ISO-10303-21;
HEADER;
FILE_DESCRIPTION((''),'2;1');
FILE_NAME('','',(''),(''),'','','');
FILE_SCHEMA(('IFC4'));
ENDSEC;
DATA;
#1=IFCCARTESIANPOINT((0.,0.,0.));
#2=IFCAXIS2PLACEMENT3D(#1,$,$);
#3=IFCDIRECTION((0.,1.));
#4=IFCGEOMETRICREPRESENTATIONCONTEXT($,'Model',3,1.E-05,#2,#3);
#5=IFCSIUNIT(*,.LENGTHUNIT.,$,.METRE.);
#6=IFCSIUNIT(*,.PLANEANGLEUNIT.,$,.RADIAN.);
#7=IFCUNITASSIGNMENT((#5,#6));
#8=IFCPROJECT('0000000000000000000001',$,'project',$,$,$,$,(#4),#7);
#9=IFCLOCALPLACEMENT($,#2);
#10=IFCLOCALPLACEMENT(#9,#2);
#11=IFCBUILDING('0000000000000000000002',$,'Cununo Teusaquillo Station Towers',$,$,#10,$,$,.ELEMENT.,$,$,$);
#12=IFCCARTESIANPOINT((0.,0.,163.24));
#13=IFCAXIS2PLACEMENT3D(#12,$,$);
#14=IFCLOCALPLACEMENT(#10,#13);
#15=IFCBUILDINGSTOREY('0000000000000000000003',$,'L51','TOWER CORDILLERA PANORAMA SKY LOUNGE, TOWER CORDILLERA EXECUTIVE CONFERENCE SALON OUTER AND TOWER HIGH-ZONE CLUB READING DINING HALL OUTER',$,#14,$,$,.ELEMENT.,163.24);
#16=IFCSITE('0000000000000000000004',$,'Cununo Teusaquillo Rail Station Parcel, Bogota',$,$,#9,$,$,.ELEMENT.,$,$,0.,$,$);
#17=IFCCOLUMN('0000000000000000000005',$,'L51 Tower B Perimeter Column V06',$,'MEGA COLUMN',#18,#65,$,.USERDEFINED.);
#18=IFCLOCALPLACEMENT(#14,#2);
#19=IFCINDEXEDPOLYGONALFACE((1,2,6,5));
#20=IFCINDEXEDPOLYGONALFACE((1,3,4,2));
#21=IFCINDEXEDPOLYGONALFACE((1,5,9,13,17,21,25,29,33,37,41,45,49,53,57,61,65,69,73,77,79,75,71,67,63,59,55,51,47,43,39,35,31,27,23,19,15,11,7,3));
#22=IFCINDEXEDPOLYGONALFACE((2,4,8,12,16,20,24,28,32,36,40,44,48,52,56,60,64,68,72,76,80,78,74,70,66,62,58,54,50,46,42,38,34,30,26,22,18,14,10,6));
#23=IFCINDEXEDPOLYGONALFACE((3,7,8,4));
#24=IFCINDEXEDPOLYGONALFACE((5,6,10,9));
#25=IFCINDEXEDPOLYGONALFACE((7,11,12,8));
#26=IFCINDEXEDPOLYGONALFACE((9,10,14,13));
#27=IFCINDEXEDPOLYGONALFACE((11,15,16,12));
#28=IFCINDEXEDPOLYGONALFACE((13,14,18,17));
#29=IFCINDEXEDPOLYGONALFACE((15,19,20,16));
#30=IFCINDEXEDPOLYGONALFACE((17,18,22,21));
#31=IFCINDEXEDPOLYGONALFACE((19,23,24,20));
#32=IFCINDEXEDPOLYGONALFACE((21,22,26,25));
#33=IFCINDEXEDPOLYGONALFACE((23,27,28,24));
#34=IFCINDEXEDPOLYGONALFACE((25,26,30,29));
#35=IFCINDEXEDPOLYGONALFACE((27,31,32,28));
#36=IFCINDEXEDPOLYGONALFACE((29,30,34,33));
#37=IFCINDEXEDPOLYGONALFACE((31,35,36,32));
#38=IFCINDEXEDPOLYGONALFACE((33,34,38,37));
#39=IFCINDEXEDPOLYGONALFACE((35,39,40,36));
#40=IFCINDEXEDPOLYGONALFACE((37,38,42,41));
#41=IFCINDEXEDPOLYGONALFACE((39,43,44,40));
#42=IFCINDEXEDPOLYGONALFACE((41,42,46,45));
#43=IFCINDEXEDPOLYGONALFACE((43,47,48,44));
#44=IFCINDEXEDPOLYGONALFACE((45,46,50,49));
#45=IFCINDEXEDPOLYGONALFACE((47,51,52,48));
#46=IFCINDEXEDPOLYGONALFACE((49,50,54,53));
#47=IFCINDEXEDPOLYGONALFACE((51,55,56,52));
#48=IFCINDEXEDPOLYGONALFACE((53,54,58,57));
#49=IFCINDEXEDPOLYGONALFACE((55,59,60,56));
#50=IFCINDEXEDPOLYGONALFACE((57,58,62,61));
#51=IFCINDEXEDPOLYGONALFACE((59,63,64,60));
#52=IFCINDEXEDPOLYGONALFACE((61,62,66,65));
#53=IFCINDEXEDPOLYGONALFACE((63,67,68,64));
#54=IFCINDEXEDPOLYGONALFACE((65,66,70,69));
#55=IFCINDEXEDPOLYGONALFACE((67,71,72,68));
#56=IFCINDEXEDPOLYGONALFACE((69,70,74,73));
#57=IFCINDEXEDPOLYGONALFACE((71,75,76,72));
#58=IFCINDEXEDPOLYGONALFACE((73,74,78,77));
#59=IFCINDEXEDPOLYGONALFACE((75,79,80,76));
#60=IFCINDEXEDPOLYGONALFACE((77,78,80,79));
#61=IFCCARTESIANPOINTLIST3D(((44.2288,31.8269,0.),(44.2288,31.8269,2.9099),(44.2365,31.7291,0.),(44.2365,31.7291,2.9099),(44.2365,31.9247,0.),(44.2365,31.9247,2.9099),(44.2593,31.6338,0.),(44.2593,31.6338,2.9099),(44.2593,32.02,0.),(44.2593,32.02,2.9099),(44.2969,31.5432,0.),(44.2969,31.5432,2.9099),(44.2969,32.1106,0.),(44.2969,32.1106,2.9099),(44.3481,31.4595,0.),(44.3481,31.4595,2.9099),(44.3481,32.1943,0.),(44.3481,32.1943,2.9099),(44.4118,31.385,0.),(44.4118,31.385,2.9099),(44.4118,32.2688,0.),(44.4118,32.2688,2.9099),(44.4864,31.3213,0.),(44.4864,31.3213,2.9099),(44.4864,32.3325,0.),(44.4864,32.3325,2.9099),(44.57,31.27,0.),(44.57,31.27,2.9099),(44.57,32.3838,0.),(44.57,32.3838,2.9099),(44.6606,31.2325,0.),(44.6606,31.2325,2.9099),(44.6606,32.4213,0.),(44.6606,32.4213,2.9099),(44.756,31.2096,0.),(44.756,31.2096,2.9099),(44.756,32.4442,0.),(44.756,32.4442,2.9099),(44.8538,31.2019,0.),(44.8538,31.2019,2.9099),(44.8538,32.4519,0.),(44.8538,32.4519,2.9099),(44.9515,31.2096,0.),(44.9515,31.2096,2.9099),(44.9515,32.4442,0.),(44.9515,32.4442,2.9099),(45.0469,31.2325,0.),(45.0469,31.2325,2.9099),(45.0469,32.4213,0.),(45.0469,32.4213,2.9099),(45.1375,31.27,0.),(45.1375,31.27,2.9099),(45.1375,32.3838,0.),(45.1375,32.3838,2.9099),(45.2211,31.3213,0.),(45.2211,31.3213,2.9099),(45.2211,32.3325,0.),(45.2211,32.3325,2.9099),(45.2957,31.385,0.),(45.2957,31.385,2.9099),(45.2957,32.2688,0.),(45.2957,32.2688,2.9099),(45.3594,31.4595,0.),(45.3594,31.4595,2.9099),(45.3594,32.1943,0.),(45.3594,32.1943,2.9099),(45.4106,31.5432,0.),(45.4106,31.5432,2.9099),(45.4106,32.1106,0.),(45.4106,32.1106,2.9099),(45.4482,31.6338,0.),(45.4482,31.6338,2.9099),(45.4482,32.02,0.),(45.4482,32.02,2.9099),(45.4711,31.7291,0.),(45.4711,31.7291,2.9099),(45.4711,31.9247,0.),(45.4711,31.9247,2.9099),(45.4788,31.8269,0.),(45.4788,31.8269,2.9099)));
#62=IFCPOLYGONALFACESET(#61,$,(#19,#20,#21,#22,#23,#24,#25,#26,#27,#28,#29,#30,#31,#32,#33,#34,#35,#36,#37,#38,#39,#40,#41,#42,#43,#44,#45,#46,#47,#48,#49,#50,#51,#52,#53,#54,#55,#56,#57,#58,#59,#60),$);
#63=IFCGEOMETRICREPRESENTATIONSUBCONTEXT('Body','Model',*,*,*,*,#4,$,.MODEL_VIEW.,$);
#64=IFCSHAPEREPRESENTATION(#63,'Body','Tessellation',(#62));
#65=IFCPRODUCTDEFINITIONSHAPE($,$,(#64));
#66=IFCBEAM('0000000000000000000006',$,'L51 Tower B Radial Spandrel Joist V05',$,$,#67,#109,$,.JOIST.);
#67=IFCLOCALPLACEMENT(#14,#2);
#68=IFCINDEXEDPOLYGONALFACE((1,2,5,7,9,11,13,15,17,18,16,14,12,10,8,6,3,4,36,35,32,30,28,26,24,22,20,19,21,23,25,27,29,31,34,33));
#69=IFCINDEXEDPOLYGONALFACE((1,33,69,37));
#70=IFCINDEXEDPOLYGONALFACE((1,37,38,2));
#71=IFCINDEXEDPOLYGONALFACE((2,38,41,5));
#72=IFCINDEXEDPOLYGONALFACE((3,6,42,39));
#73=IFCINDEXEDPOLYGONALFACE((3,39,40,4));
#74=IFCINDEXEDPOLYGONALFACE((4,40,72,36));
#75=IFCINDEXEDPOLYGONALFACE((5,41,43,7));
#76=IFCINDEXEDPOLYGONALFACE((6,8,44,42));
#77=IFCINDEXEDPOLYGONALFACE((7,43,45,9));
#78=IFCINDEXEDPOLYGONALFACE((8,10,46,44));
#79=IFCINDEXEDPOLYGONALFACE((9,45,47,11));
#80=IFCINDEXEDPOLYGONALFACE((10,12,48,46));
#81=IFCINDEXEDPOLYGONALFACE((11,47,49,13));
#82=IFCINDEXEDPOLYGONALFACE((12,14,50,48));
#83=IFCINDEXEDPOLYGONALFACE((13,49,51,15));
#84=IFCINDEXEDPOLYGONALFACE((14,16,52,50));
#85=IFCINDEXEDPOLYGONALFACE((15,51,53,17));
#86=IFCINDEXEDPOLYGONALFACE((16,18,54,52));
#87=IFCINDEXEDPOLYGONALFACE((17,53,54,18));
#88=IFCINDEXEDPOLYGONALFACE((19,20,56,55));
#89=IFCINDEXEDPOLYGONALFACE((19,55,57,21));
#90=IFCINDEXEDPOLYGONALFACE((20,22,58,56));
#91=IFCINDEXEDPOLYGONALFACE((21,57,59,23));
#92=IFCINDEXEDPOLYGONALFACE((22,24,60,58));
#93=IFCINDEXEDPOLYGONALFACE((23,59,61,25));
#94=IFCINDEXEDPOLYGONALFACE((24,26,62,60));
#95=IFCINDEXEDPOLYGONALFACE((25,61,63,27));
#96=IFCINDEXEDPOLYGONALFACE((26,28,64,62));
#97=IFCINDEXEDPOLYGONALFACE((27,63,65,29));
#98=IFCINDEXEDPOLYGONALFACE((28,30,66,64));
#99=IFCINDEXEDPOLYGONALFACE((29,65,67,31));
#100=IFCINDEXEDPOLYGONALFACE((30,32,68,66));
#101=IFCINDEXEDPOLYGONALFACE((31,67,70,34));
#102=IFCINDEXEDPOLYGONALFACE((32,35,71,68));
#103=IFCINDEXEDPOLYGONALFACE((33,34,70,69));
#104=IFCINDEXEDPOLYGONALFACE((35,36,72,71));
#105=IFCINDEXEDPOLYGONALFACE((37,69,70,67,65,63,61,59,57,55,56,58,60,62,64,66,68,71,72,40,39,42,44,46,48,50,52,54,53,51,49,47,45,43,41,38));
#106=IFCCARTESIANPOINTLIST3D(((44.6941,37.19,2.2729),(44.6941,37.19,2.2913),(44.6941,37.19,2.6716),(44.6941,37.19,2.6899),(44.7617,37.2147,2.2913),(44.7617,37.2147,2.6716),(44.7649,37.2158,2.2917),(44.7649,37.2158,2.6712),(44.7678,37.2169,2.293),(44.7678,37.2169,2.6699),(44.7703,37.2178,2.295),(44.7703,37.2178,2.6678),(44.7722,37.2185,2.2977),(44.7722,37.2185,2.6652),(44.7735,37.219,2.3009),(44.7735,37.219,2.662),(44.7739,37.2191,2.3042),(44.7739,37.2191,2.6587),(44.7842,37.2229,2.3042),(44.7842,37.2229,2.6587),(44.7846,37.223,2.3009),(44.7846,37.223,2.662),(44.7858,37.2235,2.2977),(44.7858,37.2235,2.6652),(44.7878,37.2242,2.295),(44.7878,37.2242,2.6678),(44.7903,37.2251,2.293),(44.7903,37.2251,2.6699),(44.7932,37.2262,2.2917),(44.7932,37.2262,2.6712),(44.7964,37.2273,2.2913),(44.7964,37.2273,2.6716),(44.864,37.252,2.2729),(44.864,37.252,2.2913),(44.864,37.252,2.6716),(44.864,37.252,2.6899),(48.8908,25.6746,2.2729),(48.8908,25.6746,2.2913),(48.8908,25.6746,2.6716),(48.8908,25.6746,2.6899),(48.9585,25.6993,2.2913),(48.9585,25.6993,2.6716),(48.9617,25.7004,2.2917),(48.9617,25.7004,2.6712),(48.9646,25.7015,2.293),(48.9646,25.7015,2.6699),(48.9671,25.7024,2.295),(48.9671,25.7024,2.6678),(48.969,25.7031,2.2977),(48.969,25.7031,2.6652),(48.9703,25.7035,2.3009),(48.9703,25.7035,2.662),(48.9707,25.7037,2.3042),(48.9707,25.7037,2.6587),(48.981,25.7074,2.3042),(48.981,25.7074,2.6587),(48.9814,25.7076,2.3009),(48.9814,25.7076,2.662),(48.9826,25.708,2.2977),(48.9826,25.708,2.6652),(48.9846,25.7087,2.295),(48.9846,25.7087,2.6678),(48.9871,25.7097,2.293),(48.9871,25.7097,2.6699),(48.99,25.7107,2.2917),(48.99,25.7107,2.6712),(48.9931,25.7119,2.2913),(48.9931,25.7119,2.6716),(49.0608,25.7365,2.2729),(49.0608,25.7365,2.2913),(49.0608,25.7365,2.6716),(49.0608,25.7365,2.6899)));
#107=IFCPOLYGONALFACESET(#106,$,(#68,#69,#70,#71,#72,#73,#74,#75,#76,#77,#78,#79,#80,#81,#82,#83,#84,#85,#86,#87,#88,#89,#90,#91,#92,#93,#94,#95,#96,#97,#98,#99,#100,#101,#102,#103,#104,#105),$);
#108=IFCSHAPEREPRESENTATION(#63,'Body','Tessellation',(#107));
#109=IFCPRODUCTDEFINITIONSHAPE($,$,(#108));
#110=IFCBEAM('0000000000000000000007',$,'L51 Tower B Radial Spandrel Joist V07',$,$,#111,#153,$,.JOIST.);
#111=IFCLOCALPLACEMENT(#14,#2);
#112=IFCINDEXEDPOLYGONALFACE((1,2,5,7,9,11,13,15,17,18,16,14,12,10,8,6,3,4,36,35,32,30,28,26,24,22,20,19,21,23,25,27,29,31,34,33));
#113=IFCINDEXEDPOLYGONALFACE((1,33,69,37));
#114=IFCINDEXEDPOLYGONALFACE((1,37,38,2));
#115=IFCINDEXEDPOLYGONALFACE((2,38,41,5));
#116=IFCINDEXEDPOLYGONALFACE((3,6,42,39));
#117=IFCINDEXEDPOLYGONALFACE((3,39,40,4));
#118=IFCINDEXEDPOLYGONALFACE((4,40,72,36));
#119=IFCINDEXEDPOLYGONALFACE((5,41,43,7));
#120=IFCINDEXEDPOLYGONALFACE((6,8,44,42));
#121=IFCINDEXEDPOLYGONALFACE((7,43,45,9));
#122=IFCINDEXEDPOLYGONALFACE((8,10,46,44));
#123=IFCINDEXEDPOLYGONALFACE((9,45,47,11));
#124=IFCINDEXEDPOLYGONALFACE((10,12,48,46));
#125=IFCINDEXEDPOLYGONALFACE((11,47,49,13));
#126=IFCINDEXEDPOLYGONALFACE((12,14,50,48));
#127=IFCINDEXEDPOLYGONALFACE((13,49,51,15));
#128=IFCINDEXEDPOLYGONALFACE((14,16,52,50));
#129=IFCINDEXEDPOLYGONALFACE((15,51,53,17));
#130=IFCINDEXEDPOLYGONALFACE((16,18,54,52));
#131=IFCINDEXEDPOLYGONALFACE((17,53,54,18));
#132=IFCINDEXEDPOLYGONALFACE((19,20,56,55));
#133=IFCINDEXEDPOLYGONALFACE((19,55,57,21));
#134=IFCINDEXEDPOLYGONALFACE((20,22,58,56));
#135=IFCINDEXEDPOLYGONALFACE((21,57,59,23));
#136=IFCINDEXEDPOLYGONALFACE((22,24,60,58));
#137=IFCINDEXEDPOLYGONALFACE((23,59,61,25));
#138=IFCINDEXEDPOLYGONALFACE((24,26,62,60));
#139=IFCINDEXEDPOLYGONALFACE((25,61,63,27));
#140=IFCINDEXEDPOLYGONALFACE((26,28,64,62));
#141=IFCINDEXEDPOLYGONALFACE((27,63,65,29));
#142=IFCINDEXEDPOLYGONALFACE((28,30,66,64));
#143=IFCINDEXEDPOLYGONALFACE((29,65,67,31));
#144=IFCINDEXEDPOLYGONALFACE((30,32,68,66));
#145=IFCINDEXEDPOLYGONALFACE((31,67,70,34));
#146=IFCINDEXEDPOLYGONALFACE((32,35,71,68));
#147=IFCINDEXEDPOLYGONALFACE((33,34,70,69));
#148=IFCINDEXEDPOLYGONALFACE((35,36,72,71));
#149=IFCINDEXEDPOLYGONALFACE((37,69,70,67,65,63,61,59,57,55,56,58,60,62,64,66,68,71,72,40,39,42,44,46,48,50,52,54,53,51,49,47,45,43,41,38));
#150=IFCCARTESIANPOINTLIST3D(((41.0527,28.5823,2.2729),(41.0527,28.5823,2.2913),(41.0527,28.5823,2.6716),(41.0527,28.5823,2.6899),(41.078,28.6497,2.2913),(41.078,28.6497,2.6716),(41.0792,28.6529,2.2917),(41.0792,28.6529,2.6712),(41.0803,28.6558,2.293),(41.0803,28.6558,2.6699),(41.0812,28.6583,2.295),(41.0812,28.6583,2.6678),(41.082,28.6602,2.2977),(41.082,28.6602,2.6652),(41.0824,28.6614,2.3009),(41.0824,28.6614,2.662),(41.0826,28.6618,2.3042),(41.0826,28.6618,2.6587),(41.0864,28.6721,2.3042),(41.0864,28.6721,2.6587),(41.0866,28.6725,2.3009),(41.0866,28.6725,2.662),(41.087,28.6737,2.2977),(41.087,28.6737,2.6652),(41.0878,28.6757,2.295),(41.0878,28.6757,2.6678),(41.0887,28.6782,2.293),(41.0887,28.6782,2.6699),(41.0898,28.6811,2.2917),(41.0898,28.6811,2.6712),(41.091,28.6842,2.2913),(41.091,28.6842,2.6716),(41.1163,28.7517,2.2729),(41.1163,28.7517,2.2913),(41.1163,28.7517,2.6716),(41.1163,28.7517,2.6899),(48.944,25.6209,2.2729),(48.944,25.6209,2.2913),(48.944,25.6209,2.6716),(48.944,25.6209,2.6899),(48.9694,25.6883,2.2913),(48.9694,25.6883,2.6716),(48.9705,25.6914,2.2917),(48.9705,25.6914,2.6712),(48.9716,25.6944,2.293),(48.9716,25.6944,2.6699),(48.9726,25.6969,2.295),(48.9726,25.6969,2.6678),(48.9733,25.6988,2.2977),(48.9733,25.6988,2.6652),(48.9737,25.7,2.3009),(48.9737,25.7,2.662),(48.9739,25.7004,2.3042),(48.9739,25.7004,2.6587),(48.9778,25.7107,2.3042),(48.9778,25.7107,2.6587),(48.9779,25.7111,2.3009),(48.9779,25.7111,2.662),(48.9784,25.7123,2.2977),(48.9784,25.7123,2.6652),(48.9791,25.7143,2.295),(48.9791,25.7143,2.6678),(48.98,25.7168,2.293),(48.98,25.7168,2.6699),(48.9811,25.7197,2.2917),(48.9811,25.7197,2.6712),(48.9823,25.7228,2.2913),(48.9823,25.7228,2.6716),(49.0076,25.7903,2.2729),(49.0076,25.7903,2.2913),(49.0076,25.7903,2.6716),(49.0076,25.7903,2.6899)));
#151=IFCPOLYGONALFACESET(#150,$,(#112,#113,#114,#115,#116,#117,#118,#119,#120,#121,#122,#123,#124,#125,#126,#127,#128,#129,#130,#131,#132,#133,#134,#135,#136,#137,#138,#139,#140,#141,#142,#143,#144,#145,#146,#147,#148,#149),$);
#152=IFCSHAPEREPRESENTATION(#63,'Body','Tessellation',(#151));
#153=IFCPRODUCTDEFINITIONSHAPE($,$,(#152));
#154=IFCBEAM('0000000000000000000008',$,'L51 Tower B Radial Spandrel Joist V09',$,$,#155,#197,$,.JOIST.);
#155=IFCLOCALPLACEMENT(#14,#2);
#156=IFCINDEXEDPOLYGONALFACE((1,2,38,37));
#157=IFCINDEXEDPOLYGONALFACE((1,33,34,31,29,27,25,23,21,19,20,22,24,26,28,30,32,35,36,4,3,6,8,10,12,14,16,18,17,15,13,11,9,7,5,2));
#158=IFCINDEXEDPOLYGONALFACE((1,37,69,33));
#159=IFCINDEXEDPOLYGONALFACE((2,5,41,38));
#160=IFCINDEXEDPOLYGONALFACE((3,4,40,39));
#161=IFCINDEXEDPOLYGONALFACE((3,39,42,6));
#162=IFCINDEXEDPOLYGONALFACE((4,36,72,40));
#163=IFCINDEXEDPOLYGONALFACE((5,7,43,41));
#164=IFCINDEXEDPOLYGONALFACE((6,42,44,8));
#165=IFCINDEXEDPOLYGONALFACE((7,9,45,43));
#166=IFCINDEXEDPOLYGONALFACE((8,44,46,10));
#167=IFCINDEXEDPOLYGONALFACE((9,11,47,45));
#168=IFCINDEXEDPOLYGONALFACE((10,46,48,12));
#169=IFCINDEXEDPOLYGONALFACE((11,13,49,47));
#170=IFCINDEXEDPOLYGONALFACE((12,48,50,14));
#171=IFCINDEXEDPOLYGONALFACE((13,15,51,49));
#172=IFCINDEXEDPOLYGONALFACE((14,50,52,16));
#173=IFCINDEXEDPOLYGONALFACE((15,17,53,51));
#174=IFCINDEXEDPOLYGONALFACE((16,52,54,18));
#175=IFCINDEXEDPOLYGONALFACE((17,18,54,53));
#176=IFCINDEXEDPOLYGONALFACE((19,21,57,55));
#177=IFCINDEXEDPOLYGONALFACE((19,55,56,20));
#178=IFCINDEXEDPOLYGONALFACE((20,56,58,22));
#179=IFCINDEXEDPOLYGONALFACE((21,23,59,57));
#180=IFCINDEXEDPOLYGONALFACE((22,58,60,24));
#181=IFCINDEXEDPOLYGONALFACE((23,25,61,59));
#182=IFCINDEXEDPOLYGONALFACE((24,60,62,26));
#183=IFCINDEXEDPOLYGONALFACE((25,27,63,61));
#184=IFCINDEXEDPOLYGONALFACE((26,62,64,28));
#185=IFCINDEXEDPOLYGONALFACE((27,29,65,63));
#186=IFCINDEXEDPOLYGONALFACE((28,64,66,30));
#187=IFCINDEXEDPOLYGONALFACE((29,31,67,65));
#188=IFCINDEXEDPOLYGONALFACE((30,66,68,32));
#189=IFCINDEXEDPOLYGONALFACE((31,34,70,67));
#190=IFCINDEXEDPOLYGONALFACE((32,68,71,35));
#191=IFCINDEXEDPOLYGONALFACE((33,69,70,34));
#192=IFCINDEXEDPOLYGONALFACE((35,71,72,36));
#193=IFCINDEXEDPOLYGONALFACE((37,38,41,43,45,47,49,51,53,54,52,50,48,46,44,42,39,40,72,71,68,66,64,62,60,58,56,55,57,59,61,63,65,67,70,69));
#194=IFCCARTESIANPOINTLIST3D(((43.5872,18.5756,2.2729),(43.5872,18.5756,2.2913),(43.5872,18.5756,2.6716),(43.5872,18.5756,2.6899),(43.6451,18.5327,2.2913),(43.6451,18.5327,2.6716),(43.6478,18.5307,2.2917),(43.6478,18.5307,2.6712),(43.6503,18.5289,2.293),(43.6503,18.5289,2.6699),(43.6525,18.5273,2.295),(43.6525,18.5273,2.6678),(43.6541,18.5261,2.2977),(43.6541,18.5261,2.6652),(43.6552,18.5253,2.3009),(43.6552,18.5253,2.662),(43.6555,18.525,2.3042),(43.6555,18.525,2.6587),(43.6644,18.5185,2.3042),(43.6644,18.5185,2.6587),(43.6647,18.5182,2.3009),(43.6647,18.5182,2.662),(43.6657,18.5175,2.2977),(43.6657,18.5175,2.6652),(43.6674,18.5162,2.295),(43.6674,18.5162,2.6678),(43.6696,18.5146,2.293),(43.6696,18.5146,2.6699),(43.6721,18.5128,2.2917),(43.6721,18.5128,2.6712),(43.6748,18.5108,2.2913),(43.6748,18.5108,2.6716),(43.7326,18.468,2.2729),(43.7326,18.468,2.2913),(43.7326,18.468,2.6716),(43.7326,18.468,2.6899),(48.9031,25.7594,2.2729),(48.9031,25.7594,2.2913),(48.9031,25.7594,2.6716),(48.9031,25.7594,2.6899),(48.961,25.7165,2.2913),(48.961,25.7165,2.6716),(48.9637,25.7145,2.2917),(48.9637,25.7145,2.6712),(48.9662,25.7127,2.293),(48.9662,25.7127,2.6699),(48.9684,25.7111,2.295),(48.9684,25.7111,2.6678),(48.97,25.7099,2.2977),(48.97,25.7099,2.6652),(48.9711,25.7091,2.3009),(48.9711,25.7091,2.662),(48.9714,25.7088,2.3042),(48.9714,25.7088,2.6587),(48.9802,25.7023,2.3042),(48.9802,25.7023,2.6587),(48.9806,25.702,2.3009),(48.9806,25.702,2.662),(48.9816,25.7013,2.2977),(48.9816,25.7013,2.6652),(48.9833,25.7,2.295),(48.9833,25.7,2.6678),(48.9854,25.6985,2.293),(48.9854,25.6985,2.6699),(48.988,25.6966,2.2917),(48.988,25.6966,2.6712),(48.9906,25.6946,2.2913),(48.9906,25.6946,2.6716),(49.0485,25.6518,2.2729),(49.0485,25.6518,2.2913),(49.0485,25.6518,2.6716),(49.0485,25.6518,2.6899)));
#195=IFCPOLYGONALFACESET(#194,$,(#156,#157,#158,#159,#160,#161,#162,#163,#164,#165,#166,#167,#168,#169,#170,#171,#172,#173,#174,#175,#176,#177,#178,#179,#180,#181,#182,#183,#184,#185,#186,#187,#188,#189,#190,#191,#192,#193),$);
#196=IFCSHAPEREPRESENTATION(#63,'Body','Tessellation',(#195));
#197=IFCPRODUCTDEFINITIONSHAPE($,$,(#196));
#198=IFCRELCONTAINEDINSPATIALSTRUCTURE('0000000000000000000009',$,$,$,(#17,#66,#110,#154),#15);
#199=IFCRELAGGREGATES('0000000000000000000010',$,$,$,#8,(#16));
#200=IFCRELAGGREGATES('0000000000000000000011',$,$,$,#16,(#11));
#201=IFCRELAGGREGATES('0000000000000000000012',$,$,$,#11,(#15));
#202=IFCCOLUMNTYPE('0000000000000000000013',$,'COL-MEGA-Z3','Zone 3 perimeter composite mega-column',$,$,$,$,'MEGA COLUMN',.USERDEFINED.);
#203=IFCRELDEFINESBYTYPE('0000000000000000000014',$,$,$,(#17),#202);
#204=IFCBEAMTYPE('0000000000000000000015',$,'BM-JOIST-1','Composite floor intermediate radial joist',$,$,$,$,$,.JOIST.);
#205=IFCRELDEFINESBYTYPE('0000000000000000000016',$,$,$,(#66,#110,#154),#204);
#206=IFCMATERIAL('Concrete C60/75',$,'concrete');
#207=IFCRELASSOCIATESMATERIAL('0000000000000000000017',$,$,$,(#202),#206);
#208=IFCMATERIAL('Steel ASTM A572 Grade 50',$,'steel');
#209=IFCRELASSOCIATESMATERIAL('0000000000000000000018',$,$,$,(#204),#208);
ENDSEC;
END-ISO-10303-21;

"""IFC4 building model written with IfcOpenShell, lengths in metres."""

from ifc_helpers import new_model, si_unit, direction, frame, origin, origin_2d, place, context, subcontext, project, spatial, circle, i_section, extrude, material, material_profile, profile_set, type_object, element, save


model = new_model("IFC4")

# Units and contexts
model_context = context("Model", 3, precision=1e-05, world=origin(), true_north=direction((0.0, 1.0)))
body_context = subcontext(model_context, "Body", "Model", "MODEL_VIEW")
ifc_project = project(units=[si_unit("LENGTHUNIT", "METRE"), si_unit("PLANEANGLEUNIT", "RADIAN")], contexts=[model_context])

# Site, building, storey
site_placement = place(None, origin())
site = spatial("IfcSite", under=ifc_project, at=site_placement, Name="Cununo Teusaquillo Rail Station Parcel, Bogota", CompositionType="ELEMENT", RefElevation=0.0)
building_placement = place(site_placement, origin())
building = spatial("IfcBuilding", under=site, at=building_placement, Name="Cununo Teusaquillo Station Towers", CompositionType="ELEMENT")
storey_placement = place(building_placement, frame((0.0, 0.0, 163.24)))
storey = spatial("IfcBuildingStorey", under=building, at=storey_placement, Name="L51", Description="TOWER CORDILLERA PANORAMA SKY LOUNGE, TOWER CORDILLERA EXECUTIVE CONFERENCE SALON OUTER AND TOWER HIGH-ZONE CLUB READING DINING HALL OUTER", CompositionType="ELEMENT", Elevation=163.24)

# Column
ifc_material_1 = material(Name="Concrete C60/75", Category="concrete")
ifc_material_profile_1 = material_profile(ifc_material_1, circle(Radius=0.625, at=origin_2d()), Name="RC-CIRC-1250")
ifc_profile_set_1 = profile_set([ifc_material_profile_1], Name="Concrete C60/75")
column_type = type_object("IfcColumnType", Name="COL-MEGA-Z3", Description="Zone 3 perimeter composite mega-column", ElementType="MEGA COLUMN", PredefinedType="USERDEFINED", material=ifc_profile_set_1)
column_placement = place(storey_placement, frame((44.8538, 31.8269, 0.0), z_axis=(0.0, 0.0, 1.0), x_axis=(1.0, 0.0, 0.0)))
element("IfcColumn", 1, at=column_placement, inside=storey, type_object=column_type, Name="L51 Tower B Perimeter Column V06", ObjectType="MEGA COLUMN", PredefinedType="USERDEFINED", context=body_context, shape_type="SweptSolid", body=[
    extrude(circle(Radius=0.625, at=origin_2d()), origin(), (0.0, 0.0, 1.0), 2.9099),
])

# Beams
ifc_material_2 = material(Name="Steel ASTM A572 Grade 50", Category="steel")
ifc_material_profile_2 = material_profile(ifc_material_2, i_section(OverallWidth=0.1809, OverallDepth=0.417, WebThickness=0.011, FlangeThickness=0.0183, FilletRadius=0.0129, at=origin_2d()), Name="W16X57")
ifc_profile_set_2 = profile_set([ifc_material_profile_2], Name="Steel ASTM A572 Grade 50")
beam_type_1 = type_object("IfcBeamType", Name="BM-JOIST-1", Description="Composite floor intermediate radial joist", PredefinedType="JOIST", material=ifc_profile_set_2)
beam_1_placement = place(storey_placement, frame((48.9758, 25.7056, 2.4814), z_axis=(-0.342418, 0.939548, 0.0), x_axis=(-0.939548, -0.342418, 0.0)))
element("IfcBeam", 2, at=beam_1_placement, inside=storey, type_object=beam_type_1, Name="L51 Tower B Radial Spandrel Joist V05", PredefinedType="JOIST", context=body_context, shape_type="SweptSolid", body=[
    extrude(i_section(OverallWidth=0.1809, OverallDepth=0.417, WebThickness=0.011, FlangeThickness=0.0183, FilletRadius=0.0129, at=origin_2d()), origin(), (0.0, 0.0, 1.0), 12.2563),
])
beam_2_placement = place(storey_placement, frame((48.9758, 25.7056, 2.4814), z_axis=(-0.936245, 0.351349, 0.0), x_axis=(-0.351349, -0.936245, 0.0)))
element("IfcBeam", 3, at=beam_2_placement, inside=storey, type_object=beam_type_1, Name="L51 Tower B Radial Spandrel Joist V07", PredefinedType="JOIST", context=body_context, shape_type="SweptSolid", body=[
    extrude(i_section(OverallWidth=0.1809, OverallDepth=0.417, WebThickness=0.011, FlangeThickness=0.0183, FilletRadius=0.0129, at=origin_2d()), origin(), (0.0, 0.0, 1.0), 8.4287),
])
beam_3_placement = place(storey_placement, frame((48.9758, 25.7056, 2.4814), z_axis=(-0.594834, -0.803848, 0.0), x_axis=(0.803848, -0.594834, 0.0)))
element("IfcBeam", 4, at=beam_3_placement, inside=storey, type_object=beam_type_1, Name="L51 Tower B Radial Spandrel Joist V09", PredefinedType="JOIST", context=body_context, shape_type="SweptSolid", body=[
    extrude(i_section(OverallWidth=0.1809, OverallDepth=0.417, WebThickness=0.011, FlangeThickness=0.0183, FilletRadius=0.0129, at=origin_2d()), origin(), (0.0, 0.0, 1.0), 8.9368),
])

save(model, "model.ifc")
